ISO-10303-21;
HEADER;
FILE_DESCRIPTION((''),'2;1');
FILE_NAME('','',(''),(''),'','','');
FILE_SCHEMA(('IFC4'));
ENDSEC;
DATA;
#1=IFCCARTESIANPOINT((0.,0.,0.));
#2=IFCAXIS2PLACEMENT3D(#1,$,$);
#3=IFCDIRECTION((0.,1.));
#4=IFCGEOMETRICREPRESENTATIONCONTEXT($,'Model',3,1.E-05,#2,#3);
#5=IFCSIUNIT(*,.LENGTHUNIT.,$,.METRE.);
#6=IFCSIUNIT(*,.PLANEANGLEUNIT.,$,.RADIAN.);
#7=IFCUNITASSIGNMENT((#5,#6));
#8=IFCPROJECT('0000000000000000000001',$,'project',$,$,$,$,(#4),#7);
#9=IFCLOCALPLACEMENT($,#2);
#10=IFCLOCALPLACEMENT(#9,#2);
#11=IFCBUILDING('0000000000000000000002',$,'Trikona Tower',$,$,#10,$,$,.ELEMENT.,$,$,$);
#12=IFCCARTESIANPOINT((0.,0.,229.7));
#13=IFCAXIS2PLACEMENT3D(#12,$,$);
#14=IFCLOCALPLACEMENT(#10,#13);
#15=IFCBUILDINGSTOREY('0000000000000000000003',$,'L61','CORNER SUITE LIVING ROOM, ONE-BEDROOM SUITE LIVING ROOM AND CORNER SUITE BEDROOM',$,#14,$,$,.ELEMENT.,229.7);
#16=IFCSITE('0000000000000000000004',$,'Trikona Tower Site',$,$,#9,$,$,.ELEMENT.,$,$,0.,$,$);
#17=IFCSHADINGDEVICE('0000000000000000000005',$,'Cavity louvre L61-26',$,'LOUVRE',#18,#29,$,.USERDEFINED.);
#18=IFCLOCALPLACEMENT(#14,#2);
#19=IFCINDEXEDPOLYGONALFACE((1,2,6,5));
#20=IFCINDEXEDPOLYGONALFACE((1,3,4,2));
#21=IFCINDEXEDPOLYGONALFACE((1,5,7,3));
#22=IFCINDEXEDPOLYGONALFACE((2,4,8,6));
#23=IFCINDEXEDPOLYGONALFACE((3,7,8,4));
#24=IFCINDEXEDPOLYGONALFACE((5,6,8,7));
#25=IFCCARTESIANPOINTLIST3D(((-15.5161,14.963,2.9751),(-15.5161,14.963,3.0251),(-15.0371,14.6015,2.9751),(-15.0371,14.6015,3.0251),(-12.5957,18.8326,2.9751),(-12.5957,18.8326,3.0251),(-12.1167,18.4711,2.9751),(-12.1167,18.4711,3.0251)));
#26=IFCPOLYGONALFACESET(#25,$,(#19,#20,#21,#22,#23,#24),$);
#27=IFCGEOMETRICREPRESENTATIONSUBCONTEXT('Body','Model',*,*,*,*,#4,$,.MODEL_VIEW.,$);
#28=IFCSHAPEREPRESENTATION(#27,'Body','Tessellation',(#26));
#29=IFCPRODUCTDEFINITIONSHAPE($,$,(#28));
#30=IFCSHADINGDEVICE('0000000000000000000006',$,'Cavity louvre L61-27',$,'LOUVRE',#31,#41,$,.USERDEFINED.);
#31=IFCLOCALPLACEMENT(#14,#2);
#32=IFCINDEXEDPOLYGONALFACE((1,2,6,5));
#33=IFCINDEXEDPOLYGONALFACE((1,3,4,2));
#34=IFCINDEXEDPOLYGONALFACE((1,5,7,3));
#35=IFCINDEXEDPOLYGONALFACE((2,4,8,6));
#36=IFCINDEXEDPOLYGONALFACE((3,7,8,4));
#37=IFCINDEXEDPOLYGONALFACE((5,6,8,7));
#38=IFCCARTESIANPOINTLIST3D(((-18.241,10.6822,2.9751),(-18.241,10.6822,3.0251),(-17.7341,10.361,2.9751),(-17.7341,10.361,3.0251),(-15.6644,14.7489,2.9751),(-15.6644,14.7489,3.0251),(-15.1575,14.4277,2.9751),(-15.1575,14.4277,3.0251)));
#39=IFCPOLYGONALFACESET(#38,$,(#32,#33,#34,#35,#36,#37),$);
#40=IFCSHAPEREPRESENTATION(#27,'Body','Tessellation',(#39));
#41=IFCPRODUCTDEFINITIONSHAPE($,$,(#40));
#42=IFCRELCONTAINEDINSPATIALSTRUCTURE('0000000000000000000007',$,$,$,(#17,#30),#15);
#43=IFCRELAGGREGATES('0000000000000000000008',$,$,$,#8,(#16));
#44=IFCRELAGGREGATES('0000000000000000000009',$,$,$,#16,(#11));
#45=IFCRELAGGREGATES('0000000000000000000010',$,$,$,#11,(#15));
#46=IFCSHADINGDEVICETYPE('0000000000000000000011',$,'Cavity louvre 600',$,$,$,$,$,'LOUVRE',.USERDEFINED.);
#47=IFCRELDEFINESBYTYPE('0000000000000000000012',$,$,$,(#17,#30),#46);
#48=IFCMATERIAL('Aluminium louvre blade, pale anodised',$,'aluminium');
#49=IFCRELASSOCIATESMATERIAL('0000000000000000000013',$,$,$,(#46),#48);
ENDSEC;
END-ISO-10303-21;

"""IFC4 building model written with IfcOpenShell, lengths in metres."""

from ifc_helpers import new_model, si_unit, direction, frame, origin, origin_2d, place, context, subcontext, project, spatial, rectangle, extrude, material, type_object, element, save


model = new_model("IFC4")

# Units and contexts
model_context = context("Model", 3, precision=1e-05, world=origin(), true_north=direction((0.0, 1.0)))
body_context = subcontext(model_context, "Body", "Model", "MODEL_VIEW")
ifc_project = project(units=[si_unit("LENGTHUNIT", "METRE"), si_unit("PLANEANGLEUNIT", "RADIAN")], contexts=[model_context])

# Site, building, storey
site_placement = place(None, origin())
site = spatial("IfcSite", under=ifc_project, at=site_placement, Name="Trikona Tower Site", CompositionType="ELEMENT", RefElevation=0.0)
building_placement = place(site_placement, origin())
building = spatial("IfcBuilding", under=site, at=building_placement, Name="Trikona Tower", CompositionType="ELEMENT")
storey_placement = place(building_placement, frame((0.0, 0.0, 229.7)))
storey = spatial("IfcBuildingStorey", under=building, at=storey_placement, Name="L61", Description="CORNER SUITE LIVING ROOM, ONE-BEDROOM SUITE LIVING ROOM AND CORNER SUITE BEDROOM", CompositionType="ELEMENT", Elevation=229.7)

# Shading devices
ifc_material_1 = material(Name="Aluminium louvre blade, pale anodised", Category="aluminium")
shading_device_type = type_object("IfcShadingDeviceType", Name="Cavity louvre 600", ElementType="LOUVRE", PredefinedType="USERDEFINED", material=ifc_material_1)
shading_device_1_placement = place(storey_placement, frame((-13.8164, 16.717, 2.9751), z_axis=(0.0, 0.0, 1.0), x_axis=(-0.602402, -0.798193, 0.0)))
element("IfcShadingDevice", 1, at=shading_device_1_placement, inside=storey, type_object=shading_device_type, Name="Cavity louvre L61-26", ObjectType="LOUVRE", PredefinedType="USERDEFINED", context=body_context, shape_type="SweptSolid", body=[
    extrude(rectangle(XDim=4.8479, YDim=0.6001, at=origin_2d()), origin(), (0.0, 0.0, 1.0), 0.05),
])
shading_device_2_placement = place(storey_placement, frame((-16.6992, 12.5549, 2.9751), z_axis=(0.0, 0.0, 1.0), x_axis=(-0.535205, -0.844722, 0.0)))
element("IfcShadingDevice", 2, at=shading_device_2_placement, inside=storey, type_object=shading_device_type, Name="Cavity louvre L61-27", ObjectType="LOUVRE", PredefinedType="USERDEFINED", context=body_context, shape_type="SweptSolid", body=[
    extrude(rectangle(XDim=4.8142, YDim=0.6001, at=origin_2d()), origin(), (0.0, 0.0, 1.0), 0.05),
])

save(model, "model.ifc")
